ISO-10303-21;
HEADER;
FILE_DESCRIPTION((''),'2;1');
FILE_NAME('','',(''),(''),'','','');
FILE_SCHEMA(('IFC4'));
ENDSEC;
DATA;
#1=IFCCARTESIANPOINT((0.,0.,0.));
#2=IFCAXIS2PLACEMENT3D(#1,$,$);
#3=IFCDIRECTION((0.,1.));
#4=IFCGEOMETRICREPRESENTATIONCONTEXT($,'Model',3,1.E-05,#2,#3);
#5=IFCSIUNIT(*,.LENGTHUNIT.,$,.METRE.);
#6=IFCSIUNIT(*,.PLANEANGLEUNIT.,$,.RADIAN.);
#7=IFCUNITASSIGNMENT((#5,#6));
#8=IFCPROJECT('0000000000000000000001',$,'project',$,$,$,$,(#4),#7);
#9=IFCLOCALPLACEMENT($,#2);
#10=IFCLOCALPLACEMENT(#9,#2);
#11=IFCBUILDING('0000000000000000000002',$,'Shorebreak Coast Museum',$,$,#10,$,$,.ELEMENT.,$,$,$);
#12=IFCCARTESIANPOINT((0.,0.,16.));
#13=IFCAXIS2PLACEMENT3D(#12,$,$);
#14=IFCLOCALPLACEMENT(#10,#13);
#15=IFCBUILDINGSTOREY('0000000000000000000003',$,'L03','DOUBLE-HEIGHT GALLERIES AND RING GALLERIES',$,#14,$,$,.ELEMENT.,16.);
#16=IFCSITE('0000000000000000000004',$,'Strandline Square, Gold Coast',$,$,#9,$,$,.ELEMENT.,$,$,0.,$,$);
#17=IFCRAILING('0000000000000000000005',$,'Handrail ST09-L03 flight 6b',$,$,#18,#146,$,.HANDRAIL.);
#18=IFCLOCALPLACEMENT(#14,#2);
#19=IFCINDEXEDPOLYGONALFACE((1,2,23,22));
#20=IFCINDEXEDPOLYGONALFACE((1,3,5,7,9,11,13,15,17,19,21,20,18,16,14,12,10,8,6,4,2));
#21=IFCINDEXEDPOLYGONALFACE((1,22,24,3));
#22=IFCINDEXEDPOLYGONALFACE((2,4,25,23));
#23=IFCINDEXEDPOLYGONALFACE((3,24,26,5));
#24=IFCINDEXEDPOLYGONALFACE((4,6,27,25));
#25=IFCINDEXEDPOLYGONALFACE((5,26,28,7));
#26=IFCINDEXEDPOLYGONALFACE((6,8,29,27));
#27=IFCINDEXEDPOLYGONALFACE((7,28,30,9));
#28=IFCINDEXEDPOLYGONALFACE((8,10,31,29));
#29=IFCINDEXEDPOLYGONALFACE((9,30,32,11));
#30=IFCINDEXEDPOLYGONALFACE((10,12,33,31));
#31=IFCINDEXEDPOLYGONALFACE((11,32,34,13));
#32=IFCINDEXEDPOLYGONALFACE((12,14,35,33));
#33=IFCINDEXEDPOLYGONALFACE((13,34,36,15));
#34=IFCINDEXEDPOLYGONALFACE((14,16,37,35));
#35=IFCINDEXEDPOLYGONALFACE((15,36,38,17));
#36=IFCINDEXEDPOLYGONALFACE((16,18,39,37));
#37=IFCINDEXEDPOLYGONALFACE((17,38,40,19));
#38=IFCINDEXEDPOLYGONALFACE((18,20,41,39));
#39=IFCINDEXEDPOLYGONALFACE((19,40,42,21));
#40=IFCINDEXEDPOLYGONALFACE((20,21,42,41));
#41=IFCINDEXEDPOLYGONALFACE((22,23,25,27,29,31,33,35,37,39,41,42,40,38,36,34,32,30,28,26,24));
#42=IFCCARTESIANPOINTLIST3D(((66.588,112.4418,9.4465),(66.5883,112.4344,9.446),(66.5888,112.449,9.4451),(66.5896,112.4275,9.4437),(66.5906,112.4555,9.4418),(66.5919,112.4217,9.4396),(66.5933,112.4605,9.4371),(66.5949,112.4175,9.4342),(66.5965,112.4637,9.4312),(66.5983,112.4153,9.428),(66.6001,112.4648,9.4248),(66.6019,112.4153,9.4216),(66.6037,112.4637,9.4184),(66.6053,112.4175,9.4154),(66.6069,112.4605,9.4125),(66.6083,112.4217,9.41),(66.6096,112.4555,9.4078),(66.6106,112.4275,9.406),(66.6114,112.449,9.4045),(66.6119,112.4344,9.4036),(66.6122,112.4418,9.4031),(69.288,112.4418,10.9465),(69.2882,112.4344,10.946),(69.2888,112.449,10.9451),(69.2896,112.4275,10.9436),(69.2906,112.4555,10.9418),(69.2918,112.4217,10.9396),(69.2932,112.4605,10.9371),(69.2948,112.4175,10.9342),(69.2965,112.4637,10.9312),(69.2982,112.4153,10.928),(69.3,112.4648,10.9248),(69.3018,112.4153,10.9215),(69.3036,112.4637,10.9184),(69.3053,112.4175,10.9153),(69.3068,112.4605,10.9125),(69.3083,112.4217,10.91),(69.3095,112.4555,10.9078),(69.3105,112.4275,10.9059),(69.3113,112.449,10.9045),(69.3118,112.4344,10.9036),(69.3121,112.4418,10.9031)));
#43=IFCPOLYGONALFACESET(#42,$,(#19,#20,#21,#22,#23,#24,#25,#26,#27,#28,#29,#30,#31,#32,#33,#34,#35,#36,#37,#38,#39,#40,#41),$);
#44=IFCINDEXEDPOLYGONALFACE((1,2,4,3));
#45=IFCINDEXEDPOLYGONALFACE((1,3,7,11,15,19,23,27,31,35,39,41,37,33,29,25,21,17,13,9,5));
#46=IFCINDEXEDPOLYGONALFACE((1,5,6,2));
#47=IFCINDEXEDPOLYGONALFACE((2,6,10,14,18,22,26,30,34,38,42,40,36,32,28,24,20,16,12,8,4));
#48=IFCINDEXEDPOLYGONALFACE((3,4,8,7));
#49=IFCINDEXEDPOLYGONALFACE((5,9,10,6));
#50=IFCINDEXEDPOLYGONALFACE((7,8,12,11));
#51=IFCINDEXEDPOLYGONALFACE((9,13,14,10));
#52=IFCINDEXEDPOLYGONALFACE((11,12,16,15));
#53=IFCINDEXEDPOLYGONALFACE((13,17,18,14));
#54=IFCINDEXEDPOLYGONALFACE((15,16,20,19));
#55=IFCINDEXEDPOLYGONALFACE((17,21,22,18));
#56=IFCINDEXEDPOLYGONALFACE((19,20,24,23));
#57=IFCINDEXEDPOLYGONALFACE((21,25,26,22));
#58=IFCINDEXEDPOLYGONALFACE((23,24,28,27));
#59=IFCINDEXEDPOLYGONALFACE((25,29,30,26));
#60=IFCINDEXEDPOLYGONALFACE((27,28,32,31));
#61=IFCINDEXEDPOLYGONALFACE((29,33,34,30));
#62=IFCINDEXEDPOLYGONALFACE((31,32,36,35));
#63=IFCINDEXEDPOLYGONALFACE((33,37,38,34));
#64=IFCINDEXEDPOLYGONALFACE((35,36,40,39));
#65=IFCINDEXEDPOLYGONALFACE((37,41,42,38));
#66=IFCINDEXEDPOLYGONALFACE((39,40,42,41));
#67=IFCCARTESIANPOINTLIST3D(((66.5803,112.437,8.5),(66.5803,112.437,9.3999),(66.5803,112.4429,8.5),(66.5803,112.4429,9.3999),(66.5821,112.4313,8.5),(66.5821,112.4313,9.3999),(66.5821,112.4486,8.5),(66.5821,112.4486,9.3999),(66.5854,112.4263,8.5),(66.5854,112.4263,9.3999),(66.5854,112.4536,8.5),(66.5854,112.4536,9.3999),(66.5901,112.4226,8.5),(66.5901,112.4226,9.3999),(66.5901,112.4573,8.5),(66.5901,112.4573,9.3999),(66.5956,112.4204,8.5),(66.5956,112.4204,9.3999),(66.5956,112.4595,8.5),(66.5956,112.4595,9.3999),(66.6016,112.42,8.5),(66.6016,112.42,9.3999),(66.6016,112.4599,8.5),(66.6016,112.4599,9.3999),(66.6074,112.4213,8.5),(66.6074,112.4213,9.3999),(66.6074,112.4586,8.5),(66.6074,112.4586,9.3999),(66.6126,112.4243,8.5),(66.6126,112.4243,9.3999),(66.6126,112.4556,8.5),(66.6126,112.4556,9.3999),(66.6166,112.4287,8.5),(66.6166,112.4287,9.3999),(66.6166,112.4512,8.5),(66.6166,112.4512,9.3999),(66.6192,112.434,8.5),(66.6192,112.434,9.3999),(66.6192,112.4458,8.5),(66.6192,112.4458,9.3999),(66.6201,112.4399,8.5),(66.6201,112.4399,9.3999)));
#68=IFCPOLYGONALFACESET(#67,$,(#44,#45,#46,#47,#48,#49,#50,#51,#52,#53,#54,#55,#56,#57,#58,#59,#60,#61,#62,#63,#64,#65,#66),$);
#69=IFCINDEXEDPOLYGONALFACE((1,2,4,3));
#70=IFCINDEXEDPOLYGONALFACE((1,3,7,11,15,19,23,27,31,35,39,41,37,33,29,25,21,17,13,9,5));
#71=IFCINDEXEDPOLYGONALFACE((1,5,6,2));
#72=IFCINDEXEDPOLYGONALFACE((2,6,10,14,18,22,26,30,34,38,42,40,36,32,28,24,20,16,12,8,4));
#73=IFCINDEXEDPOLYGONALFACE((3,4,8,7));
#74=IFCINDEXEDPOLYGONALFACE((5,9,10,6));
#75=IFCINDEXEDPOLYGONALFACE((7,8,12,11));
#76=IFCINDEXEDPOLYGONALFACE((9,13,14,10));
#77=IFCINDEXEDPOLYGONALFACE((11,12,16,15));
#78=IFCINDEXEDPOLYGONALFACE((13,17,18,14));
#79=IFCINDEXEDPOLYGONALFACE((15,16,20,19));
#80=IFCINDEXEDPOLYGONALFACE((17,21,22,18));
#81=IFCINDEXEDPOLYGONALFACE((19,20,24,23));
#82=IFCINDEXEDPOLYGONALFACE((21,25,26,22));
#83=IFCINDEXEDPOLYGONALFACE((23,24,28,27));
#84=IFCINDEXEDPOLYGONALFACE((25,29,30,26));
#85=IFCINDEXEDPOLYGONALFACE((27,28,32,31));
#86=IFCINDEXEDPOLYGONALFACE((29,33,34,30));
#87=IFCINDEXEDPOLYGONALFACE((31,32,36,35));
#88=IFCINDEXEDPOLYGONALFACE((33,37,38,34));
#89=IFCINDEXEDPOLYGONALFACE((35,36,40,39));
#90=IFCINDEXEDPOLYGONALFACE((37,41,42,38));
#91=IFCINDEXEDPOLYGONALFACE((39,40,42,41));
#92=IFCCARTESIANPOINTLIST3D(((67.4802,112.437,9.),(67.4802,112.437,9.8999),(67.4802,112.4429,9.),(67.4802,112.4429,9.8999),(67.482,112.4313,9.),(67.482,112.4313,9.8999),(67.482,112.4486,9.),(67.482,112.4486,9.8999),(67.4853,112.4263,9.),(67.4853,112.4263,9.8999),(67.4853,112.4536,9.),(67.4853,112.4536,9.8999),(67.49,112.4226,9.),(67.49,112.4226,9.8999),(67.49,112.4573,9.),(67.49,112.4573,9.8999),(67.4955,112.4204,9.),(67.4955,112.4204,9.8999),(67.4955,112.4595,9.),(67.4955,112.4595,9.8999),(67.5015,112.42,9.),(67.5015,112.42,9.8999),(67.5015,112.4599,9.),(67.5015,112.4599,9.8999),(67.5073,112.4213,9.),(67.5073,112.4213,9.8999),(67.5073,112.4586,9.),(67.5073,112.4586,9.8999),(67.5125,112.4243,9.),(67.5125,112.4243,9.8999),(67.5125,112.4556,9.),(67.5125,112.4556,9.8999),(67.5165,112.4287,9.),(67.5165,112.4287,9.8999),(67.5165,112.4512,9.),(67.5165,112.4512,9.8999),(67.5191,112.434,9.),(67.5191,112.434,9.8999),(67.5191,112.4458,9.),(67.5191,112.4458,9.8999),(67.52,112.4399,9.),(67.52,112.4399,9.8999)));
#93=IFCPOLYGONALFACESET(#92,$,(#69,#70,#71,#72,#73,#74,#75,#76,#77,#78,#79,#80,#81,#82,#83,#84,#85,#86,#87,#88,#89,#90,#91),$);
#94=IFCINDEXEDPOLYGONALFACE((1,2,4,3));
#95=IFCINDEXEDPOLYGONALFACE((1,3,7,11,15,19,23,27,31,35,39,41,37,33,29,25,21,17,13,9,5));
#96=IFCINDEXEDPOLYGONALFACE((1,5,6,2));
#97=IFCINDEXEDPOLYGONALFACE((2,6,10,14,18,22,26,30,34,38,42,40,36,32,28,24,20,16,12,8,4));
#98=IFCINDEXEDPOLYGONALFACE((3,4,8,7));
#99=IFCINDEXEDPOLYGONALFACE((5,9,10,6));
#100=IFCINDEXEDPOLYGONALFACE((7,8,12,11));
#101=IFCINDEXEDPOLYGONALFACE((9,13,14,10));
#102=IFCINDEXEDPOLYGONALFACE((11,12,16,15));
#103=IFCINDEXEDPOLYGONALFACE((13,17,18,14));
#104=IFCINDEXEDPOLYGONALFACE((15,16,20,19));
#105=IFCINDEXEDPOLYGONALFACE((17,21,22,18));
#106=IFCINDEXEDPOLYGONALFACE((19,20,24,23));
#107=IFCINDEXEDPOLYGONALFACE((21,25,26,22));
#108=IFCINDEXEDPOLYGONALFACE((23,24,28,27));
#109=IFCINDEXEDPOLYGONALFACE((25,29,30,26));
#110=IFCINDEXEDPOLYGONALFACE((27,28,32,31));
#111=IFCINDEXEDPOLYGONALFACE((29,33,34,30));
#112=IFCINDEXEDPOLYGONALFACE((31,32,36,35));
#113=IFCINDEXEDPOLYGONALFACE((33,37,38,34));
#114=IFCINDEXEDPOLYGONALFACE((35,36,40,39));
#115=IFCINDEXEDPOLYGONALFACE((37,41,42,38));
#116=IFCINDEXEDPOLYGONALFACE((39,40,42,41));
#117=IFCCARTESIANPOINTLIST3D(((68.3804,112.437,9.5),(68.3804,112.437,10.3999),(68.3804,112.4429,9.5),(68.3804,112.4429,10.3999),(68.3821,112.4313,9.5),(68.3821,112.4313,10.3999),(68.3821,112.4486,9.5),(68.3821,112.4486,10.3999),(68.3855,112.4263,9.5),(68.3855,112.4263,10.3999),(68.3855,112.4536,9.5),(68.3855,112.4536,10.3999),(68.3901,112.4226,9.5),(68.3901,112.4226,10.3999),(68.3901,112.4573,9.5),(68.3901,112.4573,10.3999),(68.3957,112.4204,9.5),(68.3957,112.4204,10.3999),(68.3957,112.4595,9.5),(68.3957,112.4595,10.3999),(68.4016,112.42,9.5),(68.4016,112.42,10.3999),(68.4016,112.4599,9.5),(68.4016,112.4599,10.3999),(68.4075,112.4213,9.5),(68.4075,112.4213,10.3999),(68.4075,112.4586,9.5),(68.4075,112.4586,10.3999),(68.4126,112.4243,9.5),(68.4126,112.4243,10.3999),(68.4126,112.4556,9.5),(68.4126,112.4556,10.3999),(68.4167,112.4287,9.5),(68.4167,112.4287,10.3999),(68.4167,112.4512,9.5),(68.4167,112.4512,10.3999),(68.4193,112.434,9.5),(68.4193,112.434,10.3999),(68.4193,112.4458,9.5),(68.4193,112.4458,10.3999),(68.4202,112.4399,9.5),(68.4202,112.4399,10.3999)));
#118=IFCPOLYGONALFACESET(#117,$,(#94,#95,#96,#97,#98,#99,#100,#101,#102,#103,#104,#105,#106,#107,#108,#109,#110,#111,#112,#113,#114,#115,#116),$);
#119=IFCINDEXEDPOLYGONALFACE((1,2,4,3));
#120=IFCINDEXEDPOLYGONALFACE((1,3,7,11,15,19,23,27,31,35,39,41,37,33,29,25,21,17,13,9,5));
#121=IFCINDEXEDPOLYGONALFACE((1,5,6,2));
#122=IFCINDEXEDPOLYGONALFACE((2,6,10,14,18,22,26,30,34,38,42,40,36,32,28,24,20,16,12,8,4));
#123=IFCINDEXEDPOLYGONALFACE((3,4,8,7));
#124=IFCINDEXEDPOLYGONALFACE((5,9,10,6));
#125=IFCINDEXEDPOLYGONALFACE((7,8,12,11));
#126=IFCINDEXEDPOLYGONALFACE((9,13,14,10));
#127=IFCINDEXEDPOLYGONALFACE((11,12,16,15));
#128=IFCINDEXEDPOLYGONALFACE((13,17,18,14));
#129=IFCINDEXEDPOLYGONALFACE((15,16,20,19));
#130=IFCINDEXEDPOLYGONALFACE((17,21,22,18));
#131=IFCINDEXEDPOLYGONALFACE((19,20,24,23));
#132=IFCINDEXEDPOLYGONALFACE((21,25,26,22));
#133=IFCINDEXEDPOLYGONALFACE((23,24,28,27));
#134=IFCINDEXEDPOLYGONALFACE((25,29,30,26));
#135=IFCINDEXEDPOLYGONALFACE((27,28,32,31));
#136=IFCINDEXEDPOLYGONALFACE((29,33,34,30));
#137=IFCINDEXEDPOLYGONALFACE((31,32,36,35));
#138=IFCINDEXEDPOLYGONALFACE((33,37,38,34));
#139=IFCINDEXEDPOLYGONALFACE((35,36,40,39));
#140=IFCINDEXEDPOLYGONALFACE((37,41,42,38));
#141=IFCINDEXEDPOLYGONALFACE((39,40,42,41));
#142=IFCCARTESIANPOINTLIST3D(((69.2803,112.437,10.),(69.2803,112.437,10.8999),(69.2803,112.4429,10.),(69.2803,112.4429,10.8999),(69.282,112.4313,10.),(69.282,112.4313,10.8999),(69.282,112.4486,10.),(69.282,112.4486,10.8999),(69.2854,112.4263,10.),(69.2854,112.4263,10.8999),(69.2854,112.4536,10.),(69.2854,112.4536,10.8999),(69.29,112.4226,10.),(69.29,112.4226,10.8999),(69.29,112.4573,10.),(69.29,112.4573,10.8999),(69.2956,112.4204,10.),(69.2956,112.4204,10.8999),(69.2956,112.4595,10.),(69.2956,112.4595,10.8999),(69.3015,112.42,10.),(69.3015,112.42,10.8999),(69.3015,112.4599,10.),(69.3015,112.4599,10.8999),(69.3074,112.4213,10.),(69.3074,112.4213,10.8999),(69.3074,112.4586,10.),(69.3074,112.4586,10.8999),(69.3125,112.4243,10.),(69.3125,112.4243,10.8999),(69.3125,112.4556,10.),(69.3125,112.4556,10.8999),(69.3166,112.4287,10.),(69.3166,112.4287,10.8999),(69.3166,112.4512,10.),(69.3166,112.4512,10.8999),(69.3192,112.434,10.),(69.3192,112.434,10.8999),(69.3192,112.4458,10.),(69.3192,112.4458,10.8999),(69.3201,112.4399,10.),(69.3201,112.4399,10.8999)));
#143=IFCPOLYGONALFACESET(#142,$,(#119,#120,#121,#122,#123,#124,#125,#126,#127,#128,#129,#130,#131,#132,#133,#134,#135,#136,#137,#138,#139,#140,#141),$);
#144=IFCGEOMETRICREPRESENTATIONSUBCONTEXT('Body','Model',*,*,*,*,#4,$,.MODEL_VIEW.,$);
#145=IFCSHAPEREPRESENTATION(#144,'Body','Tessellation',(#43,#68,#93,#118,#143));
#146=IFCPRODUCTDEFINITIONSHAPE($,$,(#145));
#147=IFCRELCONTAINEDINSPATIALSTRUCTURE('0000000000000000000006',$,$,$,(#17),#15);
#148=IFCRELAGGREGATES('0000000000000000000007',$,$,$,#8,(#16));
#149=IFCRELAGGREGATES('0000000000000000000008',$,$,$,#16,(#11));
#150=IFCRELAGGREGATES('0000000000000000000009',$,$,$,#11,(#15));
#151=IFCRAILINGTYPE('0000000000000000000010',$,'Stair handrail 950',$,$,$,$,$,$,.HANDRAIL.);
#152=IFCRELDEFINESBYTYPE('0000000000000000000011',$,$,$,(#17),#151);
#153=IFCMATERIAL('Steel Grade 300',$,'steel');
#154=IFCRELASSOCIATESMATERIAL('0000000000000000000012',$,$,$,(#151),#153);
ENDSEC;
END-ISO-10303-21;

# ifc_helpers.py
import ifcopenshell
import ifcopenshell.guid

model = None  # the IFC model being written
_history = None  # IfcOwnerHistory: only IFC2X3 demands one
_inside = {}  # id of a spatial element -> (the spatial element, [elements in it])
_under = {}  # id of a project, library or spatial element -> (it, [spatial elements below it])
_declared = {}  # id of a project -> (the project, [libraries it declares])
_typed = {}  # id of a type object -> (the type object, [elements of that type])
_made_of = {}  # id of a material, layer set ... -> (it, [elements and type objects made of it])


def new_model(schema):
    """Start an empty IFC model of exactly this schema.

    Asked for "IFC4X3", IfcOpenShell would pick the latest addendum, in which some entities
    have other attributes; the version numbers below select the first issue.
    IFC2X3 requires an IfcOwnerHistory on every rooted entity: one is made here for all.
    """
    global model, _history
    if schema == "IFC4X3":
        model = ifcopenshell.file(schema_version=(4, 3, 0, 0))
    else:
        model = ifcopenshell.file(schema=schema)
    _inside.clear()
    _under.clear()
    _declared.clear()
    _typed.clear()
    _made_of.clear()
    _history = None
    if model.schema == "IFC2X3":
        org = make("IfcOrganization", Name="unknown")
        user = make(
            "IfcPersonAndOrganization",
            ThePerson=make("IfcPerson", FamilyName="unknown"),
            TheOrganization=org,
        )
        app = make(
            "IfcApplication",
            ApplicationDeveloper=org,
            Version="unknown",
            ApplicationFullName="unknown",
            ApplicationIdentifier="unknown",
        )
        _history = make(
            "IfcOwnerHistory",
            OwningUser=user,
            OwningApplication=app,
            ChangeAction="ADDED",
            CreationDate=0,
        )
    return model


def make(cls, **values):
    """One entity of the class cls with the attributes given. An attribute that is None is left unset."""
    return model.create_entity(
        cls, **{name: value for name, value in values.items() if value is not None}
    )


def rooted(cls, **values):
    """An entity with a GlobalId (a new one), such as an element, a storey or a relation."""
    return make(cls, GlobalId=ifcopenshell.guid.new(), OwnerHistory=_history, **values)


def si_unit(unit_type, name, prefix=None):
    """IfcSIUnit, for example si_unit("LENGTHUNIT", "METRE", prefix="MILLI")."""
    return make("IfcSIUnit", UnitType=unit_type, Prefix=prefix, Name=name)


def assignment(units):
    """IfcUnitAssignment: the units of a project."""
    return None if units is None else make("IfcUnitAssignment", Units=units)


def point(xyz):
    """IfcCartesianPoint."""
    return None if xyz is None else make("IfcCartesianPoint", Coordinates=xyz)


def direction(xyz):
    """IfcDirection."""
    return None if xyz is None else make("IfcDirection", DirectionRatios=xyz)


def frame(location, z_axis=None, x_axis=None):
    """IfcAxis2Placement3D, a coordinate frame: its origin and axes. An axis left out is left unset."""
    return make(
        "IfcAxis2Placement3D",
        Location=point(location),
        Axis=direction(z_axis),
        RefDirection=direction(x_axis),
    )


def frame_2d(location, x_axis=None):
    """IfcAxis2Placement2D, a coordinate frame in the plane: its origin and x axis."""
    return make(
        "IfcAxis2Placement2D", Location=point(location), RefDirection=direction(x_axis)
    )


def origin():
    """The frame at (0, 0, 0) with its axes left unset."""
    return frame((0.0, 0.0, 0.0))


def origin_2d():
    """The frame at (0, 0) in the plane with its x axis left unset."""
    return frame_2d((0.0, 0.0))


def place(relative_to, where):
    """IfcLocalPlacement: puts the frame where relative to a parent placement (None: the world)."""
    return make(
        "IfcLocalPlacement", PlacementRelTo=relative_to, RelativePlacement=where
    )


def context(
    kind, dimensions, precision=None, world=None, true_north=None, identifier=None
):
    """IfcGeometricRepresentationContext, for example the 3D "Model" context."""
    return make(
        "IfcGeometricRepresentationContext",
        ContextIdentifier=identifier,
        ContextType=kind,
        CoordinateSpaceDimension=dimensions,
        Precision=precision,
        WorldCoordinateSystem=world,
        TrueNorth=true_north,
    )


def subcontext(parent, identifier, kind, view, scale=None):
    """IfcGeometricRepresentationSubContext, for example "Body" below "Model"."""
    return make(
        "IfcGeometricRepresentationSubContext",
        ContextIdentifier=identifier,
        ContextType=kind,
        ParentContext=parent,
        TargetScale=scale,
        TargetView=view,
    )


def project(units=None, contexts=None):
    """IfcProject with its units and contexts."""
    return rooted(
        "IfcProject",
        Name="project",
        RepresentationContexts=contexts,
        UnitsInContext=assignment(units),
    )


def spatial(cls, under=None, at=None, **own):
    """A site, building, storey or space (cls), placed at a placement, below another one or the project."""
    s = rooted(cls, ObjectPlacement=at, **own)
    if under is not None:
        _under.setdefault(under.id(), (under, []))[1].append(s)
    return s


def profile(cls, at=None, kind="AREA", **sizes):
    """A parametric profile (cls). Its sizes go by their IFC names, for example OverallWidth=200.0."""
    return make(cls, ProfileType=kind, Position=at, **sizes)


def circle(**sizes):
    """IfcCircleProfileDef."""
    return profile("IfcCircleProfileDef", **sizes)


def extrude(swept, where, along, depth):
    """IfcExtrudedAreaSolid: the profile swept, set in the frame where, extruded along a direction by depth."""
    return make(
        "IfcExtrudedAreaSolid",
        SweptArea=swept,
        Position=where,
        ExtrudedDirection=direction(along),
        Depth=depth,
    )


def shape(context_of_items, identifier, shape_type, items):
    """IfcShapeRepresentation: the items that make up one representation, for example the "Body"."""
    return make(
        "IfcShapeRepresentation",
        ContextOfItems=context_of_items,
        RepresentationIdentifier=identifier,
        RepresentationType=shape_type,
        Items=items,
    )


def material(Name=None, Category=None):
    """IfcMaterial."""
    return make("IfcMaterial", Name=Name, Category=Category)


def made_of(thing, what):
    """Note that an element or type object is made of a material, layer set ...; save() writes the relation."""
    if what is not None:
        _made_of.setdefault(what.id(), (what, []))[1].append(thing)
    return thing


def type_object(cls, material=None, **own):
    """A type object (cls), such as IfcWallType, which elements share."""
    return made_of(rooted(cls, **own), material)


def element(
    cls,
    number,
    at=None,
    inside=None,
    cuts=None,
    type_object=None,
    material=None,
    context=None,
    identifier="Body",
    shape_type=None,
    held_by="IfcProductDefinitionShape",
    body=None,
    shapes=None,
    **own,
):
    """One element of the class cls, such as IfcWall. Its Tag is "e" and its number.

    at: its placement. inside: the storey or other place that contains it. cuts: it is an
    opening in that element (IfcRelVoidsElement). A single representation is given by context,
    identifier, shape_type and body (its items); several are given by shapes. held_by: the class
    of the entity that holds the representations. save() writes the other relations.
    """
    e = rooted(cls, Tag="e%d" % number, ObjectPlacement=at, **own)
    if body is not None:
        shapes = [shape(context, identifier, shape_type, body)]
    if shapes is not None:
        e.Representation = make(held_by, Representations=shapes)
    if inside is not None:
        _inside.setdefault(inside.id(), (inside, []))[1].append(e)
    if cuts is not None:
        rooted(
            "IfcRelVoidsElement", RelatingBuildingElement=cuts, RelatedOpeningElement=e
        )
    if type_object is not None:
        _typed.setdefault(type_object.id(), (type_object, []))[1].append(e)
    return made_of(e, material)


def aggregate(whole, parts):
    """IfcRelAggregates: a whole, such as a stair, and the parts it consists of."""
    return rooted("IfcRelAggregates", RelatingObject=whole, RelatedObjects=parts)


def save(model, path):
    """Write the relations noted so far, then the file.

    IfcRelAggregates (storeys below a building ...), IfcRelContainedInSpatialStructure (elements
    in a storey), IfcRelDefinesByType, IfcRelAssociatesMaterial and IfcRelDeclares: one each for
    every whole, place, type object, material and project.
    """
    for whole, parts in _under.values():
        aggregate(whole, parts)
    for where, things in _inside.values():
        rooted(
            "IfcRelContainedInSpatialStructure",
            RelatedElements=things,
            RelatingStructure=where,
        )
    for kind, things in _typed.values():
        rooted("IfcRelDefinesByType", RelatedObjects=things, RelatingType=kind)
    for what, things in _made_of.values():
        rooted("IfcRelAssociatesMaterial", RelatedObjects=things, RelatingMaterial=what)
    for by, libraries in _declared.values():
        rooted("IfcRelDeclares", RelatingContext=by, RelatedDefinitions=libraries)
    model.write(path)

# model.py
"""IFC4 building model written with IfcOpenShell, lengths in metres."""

from ifc_helpers import new_model, si_unit, direction, frame, origin, origin_2d, place, context, subcontext, project, spatial, circle, extrude, material, type_object, element, save


model = new_model("IFC4")

# Units and contexts
model_context = context("Model", 3, precision=1e-05, world=origin(), true_north=direction((0.0, 1.0)))
body_context = subcontext(model_context, "Body", "Model", "MODEL_VIEW")
ifc_project = project(units=[si_unit("LENGTHUNIT", "METRE"), si_unit("PLANEANGLEUNIT", "RADIAN")], contexts=[model_context])

# Site, building, storey
site_placement = place(None, origin())
site = spatial("IfcSite", under=ifc_project, at=site_placement, Name="Strandline Square, Gold Coast", CompositionType="ELEMENT", RefElevation=0.0)
building_placement = place(site_placement, origin())
building = spatial("IfcBuilding", under=site, at=building_placement, Name="Shorebreak Coast Museum", CompositionType="ELEMENT")
storey_placement = place(building_placement, frame((0.0, 0.0, 16.0)))
storey = spatial("IfcBuildingStorey", under=building, at=storey_placement, Name="L03", Description="DOUBLE-HEIGHT GALLERIES AND RING GALLERIES", CompositionType="ELEMENT", Elevation=16.0)

# Railing
ifc_material_1 = material(Name="Steel Grade 300", Category="steel")
railing_type_1 = type_object("IfcRailingType", Name="Stair handrail 950", PredefinedType="HANDRAIL", material=ifc_material_1)
for number, where, name in (
    (1, (66.6001, 112.4399, 8.5), "Handrail ST09-L03 flight 6b"),
):
    element("IfcRailing", number, at=place(storey_placement, frame(where)), inside=storey, type_object=railing_type_1, Name=name, PredefinedType="HANDRAIL", context=body_context, shape_type="SweptSolid", body=[
        extrude(circle(Radius=0.0249, at=origin_2d()), frame((0.0, 0.0, 0.9248), z_axis=(0.874154, 0.0, 0.48565), x_axis=(0.0, 1.0, 0.0)), (0.0, 0.0, 1.0), 3.0886),
        extrude(circle(Radius=0.02, at=origin_2d()), origin(), (0.0, 0.0, 1.0), 0.8999),
        extrude(circle(Radius=0.02, at=origin_2d()), frame((0.8999, 0.0, 0.5)), (0.0, 0.0, 1.0), 0.8999),
        extrude(circle(Radius=0.02, at=origin_2d()), frame((1.8, 0.0, 1.0)), (0.0, 0.0, 1.0), 0.8999),
        extrude(circle(Radius=0.02, at=origin_2d()), frame((2.7, 0.0, 1.5)), (0.0, 0.0, 1.0), 0.8999),
    ])

save(model, "model.ifc")
